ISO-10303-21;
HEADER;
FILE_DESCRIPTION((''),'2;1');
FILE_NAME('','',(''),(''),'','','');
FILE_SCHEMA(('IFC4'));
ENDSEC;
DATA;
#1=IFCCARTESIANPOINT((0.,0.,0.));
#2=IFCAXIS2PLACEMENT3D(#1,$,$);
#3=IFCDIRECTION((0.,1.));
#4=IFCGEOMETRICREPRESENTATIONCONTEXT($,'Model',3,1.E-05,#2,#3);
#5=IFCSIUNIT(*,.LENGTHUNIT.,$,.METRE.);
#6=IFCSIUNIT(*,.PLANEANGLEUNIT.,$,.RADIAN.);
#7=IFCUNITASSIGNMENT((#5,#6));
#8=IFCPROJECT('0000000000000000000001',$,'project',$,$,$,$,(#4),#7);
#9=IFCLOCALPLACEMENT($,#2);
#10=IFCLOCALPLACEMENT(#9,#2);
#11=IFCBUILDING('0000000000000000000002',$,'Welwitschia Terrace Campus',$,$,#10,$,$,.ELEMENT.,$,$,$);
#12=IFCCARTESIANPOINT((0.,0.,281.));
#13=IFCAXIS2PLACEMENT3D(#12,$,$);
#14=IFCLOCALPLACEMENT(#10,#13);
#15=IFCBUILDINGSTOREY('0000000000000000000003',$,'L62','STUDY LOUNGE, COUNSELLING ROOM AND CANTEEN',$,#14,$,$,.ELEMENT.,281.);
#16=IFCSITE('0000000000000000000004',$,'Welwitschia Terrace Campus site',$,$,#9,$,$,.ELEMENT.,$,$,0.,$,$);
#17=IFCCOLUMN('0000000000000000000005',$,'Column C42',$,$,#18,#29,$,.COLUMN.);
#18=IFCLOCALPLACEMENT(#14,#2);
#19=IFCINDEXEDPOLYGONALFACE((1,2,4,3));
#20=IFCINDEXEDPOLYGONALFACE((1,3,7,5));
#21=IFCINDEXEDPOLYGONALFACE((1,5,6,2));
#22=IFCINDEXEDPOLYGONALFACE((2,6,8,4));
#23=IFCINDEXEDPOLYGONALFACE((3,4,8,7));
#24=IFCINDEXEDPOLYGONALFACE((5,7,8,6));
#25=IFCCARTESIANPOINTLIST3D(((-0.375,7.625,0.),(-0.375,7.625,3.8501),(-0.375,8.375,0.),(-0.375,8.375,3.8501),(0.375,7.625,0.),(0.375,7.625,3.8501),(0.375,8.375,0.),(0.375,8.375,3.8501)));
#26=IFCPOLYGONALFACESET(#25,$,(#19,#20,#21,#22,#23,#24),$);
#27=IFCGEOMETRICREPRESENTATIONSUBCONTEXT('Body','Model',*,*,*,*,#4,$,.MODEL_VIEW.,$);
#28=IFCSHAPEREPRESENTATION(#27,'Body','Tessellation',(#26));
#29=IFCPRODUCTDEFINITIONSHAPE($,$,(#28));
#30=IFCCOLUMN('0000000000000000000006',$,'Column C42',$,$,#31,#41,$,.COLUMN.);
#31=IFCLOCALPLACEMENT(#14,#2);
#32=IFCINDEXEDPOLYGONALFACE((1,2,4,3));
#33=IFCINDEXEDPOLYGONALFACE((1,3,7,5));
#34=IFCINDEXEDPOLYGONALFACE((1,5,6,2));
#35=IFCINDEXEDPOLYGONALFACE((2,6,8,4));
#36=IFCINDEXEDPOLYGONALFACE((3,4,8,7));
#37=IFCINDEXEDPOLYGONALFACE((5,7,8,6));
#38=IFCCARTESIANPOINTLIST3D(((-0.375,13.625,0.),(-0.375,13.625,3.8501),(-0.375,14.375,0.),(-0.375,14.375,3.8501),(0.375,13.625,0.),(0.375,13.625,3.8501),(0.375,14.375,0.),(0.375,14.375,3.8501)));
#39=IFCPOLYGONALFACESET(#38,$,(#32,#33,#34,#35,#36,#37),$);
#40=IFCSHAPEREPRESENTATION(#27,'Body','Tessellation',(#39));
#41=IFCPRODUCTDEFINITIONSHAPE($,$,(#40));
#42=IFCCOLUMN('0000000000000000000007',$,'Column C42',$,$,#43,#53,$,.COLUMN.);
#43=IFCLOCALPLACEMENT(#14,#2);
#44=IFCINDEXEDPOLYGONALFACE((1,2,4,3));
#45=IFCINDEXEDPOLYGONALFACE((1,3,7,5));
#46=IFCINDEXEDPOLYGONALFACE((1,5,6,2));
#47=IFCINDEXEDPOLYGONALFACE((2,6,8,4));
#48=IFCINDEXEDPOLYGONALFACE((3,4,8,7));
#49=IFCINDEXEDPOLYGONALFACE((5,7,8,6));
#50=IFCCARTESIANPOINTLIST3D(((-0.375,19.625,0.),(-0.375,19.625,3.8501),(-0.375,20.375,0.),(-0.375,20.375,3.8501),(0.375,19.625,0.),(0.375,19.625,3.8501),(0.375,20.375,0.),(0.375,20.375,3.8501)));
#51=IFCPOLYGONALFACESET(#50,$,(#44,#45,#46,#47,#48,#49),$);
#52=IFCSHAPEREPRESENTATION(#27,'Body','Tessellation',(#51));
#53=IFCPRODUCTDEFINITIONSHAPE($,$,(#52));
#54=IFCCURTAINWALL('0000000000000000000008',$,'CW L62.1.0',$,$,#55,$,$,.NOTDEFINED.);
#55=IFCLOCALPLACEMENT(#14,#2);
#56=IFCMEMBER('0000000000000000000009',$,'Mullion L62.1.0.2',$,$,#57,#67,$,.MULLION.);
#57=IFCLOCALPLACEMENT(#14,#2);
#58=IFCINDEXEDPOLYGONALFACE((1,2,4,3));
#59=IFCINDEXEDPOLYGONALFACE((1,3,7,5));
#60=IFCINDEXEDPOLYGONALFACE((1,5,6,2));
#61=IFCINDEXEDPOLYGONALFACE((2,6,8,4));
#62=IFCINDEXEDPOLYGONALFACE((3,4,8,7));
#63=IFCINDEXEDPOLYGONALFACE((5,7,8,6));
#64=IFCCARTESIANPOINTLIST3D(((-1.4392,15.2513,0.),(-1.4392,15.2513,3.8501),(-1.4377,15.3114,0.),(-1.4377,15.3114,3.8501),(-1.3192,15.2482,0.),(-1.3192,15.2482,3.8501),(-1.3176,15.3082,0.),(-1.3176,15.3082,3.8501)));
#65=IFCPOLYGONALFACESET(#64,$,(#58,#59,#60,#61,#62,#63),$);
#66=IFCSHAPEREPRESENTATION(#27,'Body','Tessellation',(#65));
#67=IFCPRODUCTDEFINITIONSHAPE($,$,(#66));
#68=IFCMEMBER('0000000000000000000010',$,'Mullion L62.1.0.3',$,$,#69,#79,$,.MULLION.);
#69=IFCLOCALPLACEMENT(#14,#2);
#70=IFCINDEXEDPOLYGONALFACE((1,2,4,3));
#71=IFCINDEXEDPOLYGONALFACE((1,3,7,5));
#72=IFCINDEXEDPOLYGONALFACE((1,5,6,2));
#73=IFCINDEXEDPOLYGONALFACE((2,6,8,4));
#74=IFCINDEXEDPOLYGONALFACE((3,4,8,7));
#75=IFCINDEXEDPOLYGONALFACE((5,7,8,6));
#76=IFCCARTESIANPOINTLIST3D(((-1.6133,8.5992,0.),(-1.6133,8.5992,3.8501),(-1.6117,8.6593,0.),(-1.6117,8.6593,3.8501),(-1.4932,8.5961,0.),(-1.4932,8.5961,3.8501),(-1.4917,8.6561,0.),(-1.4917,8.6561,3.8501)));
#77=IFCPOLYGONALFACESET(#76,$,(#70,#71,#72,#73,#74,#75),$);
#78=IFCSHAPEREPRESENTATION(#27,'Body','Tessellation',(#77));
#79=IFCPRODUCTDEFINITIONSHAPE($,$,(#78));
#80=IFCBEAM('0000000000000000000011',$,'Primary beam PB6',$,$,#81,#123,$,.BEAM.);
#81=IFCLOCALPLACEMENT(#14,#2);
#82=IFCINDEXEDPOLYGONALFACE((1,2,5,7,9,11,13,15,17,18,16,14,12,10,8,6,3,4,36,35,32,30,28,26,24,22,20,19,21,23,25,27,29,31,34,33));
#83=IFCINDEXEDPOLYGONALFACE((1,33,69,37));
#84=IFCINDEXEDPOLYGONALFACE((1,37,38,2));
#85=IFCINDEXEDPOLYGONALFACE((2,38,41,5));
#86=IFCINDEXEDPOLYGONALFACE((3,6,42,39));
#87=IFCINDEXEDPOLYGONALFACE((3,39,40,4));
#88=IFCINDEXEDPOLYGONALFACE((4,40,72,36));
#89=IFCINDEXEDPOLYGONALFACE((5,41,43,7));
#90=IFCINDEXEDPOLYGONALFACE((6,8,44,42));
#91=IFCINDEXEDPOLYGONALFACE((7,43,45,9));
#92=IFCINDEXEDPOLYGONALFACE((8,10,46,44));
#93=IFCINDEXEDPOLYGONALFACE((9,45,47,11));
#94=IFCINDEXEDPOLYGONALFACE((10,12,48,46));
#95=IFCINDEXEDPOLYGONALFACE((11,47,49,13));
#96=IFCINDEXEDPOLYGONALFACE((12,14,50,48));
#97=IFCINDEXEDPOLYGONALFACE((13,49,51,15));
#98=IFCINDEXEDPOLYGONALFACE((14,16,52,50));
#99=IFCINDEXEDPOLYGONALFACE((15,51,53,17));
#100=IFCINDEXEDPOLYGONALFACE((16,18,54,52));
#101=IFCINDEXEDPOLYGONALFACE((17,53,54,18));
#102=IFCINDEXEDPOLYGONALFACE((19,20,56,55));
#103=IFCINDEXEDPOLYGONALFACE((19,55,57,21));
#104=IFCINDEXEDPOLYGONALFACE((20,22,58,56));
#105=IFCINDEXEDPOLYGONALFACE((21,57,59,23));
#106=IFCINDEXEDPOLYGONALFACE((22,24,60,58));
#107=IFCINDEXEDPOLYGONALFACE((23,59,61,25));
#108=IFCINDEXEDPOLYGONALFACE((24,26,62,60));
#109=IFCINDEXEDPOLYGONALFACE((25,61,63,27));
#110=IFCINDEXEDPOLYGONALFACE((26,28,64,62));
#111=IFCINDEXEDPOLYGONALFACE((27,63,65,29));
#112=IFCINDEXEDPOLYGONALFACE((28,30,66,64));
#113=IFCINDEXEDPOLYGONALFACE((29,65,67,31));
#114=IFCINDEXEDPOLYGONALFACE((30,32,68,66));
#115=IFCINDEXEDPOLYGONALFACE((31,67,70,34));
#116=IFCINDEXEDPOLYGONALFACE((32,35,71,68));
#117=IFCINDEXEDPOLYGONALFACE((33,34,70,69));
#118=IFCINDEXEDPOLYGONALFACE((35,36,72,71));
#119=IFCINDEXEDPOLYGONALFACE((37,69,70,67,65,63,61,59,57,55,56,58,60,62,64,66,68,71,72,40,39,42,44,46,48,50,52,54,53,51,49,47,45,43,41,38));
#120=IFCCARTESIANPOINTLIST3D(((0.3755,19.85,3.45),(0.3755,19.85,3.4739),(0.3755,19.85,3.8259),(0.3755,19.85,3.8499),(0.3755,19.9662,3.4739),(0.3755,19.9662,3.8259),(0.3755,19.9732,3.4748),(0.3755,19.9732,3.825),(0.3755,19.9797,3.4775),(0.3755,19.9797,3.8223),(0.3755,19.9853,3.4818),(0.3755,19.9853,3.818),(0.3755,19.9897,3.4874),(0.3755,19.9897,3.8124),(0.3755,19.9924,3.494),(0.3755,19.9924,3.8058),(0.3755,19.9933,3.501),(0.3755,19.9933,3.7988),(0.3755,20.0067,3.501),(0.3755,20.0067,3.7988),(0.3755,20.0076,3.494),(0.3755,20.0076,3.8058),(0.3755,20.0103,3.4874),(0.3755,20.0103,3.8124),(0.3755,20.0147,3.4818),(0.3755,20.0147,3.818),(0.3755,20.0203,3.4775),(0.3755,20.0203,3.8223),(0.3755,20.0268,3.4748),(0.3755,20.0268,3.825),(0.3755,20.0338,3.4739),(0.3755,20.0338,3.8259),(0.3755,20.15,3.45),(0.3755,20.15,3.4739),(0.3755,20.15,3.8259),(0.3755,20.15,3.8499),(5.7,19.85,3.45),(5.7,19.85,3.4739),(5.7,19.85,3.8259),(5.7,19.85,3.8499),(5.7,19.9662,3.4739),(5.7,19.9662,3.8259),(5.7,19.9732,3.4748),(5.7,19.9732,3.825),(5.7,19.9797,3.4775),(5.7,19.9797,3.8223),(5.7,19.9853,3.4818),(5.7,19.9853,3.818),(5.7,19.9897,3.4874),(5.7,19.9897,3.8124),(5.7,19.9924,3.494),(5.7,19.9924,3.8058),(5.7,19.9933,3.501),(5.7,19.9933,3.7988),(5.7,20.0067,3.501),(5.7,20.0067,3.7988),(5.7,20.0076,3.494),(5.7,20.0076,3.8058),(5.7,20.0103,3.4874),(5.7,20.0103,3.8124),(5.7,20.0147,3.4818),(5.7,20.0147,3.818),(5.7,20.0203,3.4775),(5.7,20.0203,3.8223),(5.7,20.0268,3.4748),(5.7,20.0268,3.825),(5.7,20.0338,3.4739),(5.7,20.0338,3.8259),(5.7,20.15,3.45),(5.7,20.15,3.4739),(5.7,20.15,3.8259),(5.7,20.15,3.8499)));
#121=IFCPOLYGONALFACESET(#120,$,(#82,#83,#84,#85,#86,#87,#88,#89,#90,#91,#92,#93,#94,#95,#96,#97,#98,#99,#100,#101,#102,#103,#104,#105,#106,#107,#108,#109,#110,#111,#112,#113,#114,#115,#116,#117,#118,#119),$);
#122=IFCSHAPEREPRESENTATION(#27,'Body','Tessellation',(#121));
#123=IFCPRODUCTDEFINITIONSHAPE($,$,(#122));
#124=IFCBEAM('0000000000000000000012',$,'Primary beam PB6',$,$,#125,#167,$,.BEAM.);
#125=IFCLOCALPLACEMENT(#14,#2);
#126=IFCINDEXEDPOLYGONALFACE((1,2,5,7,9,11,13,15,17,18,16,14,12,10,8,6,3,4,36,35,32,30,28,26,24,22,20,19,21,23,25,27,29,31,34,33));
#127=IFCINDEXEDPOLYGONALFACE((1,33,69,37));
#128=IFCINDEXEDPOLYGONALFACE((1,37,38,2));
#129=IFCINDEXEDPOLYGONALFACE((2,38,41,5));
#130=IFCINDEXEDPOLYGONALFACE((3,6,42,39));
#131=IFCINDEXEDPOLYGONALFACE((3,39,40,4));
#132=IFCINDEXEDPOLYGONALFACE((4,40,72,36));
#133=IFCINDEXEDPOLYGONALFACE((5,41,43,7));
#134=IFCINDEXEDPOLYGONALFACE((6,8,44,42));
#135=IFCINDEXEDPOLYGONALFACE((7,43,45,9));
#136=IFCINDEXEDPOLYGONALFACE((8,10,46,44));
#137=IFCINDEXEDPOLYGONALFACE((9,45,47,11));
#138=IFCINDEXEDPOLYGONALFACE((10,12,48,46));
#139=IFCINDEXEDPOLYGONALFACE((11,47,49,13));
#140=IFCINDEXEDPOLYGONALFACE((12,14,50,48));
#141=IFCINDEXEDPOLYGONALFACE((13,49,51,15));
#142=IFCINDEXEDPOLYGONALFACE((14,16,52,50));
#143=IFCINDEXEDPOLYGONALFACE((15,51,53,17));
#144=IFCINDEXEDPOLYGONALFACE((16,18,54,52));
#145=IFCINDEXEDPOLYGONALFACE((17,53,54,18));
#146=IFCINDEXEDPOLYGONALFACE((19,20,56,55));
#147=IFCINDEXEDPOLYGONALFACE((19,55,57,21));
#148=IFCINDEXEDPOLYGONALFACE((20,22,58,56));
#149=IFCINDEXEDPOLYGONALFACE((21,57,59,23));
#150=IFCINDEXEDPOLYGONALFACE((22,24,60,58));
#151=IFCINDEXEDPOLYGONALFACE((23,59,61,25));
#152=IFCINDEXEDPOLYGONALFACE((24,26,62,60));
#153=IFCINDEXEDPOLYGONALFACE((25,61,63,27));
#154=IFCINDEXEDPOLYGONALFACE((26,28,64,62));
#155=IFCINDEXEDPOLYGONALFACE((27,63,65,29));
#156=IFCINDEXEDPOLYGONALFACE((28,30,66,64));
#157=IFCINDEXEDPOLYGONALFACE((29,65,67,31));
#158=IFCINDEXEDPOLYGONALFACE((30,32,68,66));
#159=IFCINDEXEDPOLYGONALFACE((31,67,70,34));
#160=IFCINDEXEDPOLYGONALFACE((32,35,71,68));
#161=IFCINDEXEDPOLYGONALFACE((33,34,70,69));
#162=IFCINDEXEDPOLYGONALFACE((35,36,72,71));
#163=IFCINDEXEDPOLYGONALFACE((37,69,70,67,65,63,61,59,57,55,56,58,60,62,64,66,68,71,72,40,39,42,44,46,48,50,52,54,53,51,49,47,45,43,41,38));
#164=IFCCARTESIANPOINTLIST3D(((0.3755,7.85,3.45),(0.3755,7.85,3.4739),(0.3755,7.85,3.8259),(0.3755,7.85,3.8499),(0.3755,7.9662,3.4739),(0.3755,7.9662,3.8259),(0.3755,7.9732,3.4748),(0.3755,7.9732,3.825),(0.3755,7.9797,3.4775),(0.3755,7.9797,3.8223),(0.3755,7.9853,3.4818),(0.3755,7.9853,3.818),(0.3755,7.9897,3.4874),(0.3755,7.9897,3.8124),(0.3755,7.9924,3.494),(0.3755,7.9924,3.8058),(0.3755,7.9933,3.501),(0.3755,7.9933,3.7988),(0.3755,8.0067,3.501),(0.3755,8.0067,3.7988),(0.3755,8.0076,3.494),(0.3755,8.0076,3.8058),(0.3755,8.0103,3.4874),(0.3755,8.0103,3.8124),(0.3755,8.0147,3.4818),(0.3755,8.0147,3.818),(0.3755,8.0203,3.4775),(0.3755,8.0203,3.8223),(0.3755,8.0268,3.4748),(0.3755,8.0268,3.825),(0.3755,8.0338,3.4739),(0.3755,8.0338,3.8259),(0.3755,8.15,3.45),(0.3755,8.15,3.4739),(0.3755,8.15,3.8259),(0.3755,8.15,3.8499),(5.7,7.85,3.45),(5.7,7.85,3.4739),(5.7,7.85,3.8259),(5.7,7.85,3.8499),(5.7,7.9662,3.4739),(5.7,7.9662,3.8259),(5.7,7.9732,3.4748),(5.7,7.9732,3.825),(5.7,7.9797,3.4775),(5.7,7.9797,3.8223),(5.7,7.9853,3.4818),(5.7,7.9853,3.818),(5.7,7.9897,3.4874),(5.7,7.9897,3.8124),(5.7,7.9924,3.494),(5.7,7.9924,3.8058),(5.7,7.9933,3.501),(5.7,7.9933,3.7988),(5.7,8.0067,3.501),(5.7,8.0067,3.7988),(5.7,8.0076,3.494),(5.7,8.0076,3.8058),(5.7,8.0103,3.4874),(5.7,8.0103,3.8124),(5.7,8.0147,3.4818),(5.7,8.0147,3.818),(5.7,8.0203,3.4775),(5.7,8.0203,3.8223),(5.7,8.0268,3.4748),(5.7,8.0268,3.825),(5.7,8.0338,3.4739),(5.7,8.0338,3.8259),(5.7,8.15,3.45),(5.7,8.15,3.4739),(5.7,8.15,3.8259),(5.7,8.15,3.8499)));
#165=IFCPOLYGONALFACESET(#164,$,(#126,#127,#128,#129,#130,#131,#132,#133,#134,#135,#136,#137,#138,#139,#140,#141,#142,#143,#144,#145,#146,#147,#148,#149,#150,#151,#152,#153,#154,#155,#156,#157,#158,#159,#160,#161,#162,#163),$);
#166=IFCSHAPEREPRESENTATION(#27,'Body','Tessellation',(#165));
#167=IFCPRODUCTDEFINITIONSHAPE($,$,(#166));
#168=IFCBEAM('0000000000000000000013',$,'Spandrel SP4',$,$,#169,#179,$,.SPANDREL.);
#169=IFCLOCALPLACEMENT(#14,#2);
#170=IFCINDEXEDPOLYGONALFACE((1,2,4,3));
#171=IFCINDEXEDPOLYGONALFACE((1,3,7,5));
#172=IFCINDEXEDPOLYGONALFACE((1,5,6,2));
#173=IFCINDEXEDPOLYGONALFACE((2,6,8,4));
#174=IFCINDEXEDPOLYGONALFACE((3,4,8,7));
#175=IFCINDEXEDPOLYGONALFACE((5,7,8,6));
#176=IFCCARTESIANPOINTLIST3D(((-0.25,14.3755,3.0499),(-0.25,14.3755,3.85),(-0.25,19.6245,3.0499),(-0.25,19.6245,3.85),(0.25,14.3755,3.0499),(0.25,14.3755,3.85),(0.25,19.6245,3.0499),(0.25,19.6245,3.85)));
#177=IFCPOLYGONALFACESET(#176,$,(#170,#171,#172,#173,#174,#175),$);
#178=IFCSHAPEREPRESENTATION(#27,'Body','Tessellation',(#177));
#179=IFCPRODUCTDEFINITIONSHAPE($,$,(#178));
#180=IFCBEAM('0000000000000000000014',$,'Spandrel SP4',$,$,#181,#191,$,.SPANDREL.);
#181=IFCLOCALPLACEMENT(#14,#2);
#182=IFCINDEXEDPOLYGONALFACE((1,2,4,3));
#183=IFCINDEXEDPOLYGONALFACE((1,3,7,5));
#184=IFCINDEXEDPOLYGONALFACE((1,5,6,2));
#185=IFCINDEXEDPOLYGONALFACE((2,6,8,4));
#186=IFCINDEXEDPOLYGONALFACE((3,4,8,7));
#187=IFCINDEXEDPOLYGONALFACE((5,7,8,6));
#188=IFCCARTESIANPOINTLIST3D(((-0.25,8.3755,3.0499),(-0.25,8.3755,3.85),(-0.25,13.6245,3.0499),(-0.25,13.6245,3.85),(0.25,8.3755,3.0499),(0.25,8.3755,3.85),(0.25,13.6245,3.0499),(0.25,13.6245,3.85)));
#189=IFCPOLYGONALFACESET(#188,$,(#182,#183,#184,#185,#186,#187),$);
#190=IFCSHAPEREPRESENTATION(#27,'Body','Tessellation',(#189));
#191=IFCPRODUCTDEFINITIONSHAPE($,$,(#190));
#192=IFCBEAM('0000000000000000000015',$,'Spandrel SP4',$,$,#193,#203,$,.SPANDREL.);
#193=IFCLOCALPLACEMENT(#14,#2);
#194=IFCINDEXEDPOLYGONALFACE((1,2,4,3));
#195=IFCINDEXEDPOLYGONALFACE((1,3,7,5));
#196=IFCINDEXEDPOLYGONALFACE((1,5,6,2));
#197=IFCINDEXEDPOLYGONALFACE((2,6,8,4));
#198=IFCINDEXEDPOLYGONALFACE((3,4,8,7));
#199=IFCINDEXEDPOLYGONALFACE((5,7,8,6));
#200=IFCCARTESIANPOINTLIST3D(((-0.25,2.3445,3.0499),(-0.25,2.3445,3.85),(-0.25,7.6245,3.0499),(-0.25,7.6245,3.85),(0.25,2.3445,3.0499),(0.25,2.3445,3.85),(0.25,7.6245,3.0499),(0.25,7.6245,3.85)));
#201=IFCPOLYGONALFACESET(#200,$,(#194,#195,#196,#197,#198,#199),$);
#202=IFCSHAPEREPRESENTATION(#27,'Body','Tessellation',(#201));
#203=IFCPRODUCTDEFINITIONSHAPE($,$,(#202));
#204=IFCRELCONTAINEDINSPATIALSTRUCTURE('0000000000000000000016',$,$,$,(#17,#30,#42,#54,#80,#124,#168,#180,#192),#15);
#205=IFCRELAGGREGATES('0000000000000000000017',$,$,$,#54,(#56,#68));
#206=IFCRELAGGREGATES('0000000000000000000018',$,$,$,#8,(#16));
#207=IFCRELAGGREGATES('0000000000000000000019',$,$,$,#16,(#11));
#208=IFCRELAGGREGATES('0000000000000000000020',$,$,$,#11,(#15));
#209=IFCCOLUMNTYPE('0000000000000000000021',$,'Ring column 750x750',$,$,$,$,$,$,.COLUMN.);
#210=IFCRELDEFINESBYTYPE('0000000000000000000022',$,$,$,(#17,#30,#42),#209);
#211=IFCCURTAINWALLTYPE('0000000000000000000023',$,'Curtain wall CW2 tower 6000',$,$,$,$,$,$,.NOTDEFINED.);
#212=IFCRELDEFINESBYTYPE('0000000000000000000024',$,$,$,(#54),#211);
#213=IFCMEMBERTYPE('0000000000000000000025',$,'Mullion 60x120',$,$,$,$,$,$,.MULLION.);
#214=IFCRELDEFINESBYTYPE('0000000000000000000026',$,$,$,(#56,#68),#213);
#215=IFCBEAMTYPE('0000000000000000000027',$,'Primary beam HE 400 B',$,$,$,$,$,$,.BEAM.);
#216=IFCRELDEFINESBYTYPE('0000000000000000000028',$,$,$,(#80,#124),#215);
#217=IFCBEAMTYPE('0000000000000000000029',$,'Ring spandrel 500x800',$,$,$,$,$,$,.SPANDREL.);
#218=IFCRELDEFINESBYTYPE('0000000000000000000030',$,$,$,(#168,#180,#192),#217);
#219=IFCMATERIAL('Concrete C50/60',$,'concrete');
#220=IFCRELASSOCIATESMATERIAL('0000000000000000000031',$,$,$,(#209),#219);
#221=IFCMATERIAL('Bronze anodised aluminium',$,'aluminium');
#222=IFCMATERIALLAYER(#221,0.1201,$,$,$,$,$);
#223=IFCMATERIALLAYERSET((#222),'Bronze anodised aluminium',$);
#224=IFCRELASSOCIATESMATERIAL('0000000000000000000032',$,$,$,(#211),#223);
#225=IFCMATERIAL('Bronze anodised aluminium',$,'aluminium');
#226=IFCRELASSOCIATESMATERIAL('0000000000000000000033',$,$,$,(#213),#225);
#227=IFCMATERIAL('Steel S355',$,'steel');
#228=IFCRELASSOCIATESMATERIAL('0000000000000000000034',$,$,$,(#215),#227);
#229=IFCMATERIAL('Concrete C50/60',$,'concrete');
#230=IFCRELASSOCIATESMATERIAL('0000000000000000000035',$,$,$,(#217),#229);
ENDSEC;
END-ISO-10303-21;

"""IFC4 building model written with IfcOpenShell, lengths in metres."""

from ifc_helpers import new_model, si_unit, direction, frame, origin, origin_2d, place, context, subcontext, project, spatial, rectangle, i_section, extrude, material, layer, layer_set, material_profile, profile_set, type_object, element, aggregate, save


model = new_model("IFC4")

# Units and contexts
model_context = context("Model", 3, precision=1e-05, world=origin(), true_north=direction((0.0, 1.0)))
body_context = subcontext(model_context, "Body", "Model", "MODEL_VIEW")
ifc_project = project(units=[si_unit("LENGTHUNIT", "METRE"), si_unit("PLANEANGLEUNIT", "RADIAN")], contexts=[model_context])

# Site, building, storey
site_placement = place(None, origin())
site = spatial("IfcSite", under=ifc_project, at=site_placement, Name="Welwitschia Terrace Campus site", CompositionType="ELEMENT", RefElevation=0.0)
building_placement = place(site_placement, origin())
building = spatial("IfcBuilding", under=site, at=building_placement, Name="Welwitschia Terrace Campus", CompositionType="ELEMENT")
storey_placement = place(building_placement, frame((0.0, 0.0, 281.0)))
storey = spatial("IfcBuildingStorey", under=building, at=storey_placement, Name="L62", Description="STUDY LOUNGE, COUNSELLING ROOM AND CANTEEN", CompositionType="ELEMENT", Elevation=281.0)

# Columns
ifc_material_1 = material(Name="Concrete C50/60", Category="concrete")
ifc_material_profile_1 = material_profile(ifc_material_1, rectangle(XDim=0.75, YDim=0.75, at=origin_2d()))
ifc_profile_set_1 = profile_set([ifc_material_profile_1], Name="Concrete C50/60")
column_type = type_object("IfcColumnType", Name="Ring column 750x750", PredefinedType="COLUMN", material=ifc_profile_set_1)
for number, where, z_axis, x_axis, name in (
    (1, (0.0, 8.0, 0.0), (0.0, 0.0, 1.0), (1.0, 0.0, 0.0), "Column C42"),
    (2, (0.0, 14.0, 0.0), (0.0, 0.0, 1.0), (1.0, 0.0, 0.0), "Column C42"),
    (3, (0.0, 20.0, 0.0), (0.0, 0.0, 1.0), (1.0, 0.0, 0.0), "Column C42"),
):
    element("IfcColumn", number, at=place(storey_placement, frame(where, z_axis=z_axis, x_axis=x_axis)), inside=storey, type_object=column_type, Name=name, PredefinedType="COLUMN", context=body_context, shape_type="SweptSolid", body=[
        extrude(rectangle(XDim=0.75, YDim=0.75, at=origin_2d()), origin(), (0.0, 0.0, 1.0), 3.8501),
    ])

# Curtain wall, members
ifc_material_2 = material(Name="Bronze anodised aluminium", Category="aluminium")
ifc_layer_1 = layer(ifc_material_2, 0.1201)
ifc_layer_set_1 = layer_set([ifc_layer_1], Name="Bronze anodised aluminium")
curtain_wall_type = type_object("IfcCurtainWallType", Name="Curtain wall CW2 tower 6000", PredefinedType="NOTDEFINED", material=ifc_layer_set_1)
curtain_wall_placement = place(storey_placement, origin())
curtain_wall = element("IfcCurtainWall", 4, at=curtain_wall_placement, inside=storey, type_object=curtain_wall_type, Name="CW L62.1.0", PredefinedType="NOTDEFINED")
ifc_material_3 = material(Name="Bronze anodised aluminium", Category="aluminium")
ifc_material_profile_2 = material_profile(ifc_material_3, rectangle(XDim=0.1201, YDim=0.0601, at=origin_2d()))
ifc_profile_set_2 = profile_set([ifc_material_profile_2], Name="Bronze anodised aluminium")
member_type = type_object("IfcMemberType", Name="Mullion 60x120", PredefinedType="MULLION", material=ifc_profile_set_2)
member_1_placement = place(storey_placement, frame((-1.3784, 15.2798, 0.0), z_axis=(0.0, 0.0, 1.0), x_axis=(0.999657, -0.026177, 0.0)))
member_1 = element("IfcMember", 5, at=member_1_placement, type_object=member_type, Name="Mullion L62.1.0.2", PredefinedType="MULLION", context=body_context, shape_type="SweptSolid", body=[
    extrude(rectangle(XDim=0.1201, YDim=0.0601, at=origin_2d()), origin(), (0.0, 0.0, 1.0), 3.8501),
])
member_2_placement = place(storey_placement, frame((-1.5525, 8.6277, 0.0), z_axis=(0.0, 0.0, 1.0), x_axis=(0.999657, -0.026177, 0.0)))
member_2 = element("IfcMember", 6, at=member_2_placement, type_object=member_type, Name="Mullion L62.1.0.3", PredefinedType="MULLION", context=body_context, shape_type="SweptSolid", body=[
    extrude(rectangle(XDim=0.1201, YDim=0.0601, at=origin_2d()), origin(), (0.0, 0.0, 1.0), 3.8501),
])

# Beams
ifc_material_4 = material(Name="Steel S355", Category="steel")
ifc_material_profile_3 = material_profile(ifc_material_4, i_section(OverallWidth=0.3, OverallDepth=0.3999, WebThickness=0.0134, FlangeThickness=0.0239, FilletRadius=0.0271, at=origin_2d()))
ifc_profile_set_3 = profile_set([ifc_material_profile_3], Name="Steel S355")
beam_type_1 = type_object("IfcBeamType", Name="Primary beam HE 400 B", PredefinedType="BEAM", material=ifc_profile_set_3)
for number, where, z_axis, x_axis, name in (
    (7, (0.3755, 20.0, 3.6499), (1.0, 0.0, 0.0), (0.0, 1.0, 0.0), "Primary beam PB6"),
    (8, (0.3755, 8.0, 3.6499), (1.0, 0.0, 0.0), (0.0, 1.0, 0.0), "Primary beam PB6"),
):
    element("IfcBeam", number, at=place(storey_placement, frame(where, z_axis=z_axis, x_axis=x_axis)), inside=storey, type_object=beam_type_1, Name=name, PredefinedType="BEAM", context=body_context, shape_type="SweptSolid", body=[
        extrude(i_section(OverallWidth=0.3, OverallDepth=0.3999, WebThickness=0.0134, FlangeThickness=0.0239, FilletRadius=0.0271, at=origin_2d()), origin(), (0.0, 0.0, 1.0), 5.3245),
    ])
ifc_material_5 = material(Name="Concrete C50/60", Category="concrete")
ifc_material_profile_4 = material_profile(ifc_material_5, rectangle(XDim=0.5, YDim=0.8, at=origin_2d()))
ifc_profile_set_4 = profile_set([ifc_material_profile_4], Name="Concrete C50/60")
beam_type_2 = type_object("IfcBeamType", Name="Ring spandrel 500x800", PredefinedType="SPANDREL", material=ifc_profile_set_4)
for number, where, z_axis, x_axis, name in (
    (9, (0.0, 19.6245, 3.45), (0.0, -1.0, 0.0), (1.0, 0.0, 0.0), "Spandrel SP4"),
    (10, (0.0, 13.6245, 3.45), (0.0, -1.0, 0.0), (1.0, 0.0, 0.0), "Spandrel SP4"),
):
    element("IfcBeam", number, at=place(storey_placement, frame(where, z_axis=z_axis, x_axis=x_axis)), inside=storey, type_object=beam_type_2, Name=name, PredefinedType="SPANDREL", context=body_context, shape_type="SweptSolid", body=[
        extrude(rectangle(XDim=0.5, YDim=0.8, at=origin_2d()), origin(), (0.0, 0.0, 1.0), 5.249),
    ])
beam_placement = place(storey_placement, frame((0.0, 7.6245, 3.45), z_axis=(0.0, -1.0, 0.0), x_axis=(1.0, 0.0, 0.0)))
element("IfcBeam", 11, at=beam_placement, inside=storey, type_object=beam_type_2, Name="Spandrel SP4", PredefinedType="SPANDREL", context=body_context, shape_type="SweptSolid", body=[
    extrude(rectangle(XDim=0.5, YDim=0.8, at=origin_2d()), origin(), (0.0, 0.0, 1.0), 5.28),
])

aggregate(curtain_wall, [member_1, member_2])

save(model, "model.ifc")
